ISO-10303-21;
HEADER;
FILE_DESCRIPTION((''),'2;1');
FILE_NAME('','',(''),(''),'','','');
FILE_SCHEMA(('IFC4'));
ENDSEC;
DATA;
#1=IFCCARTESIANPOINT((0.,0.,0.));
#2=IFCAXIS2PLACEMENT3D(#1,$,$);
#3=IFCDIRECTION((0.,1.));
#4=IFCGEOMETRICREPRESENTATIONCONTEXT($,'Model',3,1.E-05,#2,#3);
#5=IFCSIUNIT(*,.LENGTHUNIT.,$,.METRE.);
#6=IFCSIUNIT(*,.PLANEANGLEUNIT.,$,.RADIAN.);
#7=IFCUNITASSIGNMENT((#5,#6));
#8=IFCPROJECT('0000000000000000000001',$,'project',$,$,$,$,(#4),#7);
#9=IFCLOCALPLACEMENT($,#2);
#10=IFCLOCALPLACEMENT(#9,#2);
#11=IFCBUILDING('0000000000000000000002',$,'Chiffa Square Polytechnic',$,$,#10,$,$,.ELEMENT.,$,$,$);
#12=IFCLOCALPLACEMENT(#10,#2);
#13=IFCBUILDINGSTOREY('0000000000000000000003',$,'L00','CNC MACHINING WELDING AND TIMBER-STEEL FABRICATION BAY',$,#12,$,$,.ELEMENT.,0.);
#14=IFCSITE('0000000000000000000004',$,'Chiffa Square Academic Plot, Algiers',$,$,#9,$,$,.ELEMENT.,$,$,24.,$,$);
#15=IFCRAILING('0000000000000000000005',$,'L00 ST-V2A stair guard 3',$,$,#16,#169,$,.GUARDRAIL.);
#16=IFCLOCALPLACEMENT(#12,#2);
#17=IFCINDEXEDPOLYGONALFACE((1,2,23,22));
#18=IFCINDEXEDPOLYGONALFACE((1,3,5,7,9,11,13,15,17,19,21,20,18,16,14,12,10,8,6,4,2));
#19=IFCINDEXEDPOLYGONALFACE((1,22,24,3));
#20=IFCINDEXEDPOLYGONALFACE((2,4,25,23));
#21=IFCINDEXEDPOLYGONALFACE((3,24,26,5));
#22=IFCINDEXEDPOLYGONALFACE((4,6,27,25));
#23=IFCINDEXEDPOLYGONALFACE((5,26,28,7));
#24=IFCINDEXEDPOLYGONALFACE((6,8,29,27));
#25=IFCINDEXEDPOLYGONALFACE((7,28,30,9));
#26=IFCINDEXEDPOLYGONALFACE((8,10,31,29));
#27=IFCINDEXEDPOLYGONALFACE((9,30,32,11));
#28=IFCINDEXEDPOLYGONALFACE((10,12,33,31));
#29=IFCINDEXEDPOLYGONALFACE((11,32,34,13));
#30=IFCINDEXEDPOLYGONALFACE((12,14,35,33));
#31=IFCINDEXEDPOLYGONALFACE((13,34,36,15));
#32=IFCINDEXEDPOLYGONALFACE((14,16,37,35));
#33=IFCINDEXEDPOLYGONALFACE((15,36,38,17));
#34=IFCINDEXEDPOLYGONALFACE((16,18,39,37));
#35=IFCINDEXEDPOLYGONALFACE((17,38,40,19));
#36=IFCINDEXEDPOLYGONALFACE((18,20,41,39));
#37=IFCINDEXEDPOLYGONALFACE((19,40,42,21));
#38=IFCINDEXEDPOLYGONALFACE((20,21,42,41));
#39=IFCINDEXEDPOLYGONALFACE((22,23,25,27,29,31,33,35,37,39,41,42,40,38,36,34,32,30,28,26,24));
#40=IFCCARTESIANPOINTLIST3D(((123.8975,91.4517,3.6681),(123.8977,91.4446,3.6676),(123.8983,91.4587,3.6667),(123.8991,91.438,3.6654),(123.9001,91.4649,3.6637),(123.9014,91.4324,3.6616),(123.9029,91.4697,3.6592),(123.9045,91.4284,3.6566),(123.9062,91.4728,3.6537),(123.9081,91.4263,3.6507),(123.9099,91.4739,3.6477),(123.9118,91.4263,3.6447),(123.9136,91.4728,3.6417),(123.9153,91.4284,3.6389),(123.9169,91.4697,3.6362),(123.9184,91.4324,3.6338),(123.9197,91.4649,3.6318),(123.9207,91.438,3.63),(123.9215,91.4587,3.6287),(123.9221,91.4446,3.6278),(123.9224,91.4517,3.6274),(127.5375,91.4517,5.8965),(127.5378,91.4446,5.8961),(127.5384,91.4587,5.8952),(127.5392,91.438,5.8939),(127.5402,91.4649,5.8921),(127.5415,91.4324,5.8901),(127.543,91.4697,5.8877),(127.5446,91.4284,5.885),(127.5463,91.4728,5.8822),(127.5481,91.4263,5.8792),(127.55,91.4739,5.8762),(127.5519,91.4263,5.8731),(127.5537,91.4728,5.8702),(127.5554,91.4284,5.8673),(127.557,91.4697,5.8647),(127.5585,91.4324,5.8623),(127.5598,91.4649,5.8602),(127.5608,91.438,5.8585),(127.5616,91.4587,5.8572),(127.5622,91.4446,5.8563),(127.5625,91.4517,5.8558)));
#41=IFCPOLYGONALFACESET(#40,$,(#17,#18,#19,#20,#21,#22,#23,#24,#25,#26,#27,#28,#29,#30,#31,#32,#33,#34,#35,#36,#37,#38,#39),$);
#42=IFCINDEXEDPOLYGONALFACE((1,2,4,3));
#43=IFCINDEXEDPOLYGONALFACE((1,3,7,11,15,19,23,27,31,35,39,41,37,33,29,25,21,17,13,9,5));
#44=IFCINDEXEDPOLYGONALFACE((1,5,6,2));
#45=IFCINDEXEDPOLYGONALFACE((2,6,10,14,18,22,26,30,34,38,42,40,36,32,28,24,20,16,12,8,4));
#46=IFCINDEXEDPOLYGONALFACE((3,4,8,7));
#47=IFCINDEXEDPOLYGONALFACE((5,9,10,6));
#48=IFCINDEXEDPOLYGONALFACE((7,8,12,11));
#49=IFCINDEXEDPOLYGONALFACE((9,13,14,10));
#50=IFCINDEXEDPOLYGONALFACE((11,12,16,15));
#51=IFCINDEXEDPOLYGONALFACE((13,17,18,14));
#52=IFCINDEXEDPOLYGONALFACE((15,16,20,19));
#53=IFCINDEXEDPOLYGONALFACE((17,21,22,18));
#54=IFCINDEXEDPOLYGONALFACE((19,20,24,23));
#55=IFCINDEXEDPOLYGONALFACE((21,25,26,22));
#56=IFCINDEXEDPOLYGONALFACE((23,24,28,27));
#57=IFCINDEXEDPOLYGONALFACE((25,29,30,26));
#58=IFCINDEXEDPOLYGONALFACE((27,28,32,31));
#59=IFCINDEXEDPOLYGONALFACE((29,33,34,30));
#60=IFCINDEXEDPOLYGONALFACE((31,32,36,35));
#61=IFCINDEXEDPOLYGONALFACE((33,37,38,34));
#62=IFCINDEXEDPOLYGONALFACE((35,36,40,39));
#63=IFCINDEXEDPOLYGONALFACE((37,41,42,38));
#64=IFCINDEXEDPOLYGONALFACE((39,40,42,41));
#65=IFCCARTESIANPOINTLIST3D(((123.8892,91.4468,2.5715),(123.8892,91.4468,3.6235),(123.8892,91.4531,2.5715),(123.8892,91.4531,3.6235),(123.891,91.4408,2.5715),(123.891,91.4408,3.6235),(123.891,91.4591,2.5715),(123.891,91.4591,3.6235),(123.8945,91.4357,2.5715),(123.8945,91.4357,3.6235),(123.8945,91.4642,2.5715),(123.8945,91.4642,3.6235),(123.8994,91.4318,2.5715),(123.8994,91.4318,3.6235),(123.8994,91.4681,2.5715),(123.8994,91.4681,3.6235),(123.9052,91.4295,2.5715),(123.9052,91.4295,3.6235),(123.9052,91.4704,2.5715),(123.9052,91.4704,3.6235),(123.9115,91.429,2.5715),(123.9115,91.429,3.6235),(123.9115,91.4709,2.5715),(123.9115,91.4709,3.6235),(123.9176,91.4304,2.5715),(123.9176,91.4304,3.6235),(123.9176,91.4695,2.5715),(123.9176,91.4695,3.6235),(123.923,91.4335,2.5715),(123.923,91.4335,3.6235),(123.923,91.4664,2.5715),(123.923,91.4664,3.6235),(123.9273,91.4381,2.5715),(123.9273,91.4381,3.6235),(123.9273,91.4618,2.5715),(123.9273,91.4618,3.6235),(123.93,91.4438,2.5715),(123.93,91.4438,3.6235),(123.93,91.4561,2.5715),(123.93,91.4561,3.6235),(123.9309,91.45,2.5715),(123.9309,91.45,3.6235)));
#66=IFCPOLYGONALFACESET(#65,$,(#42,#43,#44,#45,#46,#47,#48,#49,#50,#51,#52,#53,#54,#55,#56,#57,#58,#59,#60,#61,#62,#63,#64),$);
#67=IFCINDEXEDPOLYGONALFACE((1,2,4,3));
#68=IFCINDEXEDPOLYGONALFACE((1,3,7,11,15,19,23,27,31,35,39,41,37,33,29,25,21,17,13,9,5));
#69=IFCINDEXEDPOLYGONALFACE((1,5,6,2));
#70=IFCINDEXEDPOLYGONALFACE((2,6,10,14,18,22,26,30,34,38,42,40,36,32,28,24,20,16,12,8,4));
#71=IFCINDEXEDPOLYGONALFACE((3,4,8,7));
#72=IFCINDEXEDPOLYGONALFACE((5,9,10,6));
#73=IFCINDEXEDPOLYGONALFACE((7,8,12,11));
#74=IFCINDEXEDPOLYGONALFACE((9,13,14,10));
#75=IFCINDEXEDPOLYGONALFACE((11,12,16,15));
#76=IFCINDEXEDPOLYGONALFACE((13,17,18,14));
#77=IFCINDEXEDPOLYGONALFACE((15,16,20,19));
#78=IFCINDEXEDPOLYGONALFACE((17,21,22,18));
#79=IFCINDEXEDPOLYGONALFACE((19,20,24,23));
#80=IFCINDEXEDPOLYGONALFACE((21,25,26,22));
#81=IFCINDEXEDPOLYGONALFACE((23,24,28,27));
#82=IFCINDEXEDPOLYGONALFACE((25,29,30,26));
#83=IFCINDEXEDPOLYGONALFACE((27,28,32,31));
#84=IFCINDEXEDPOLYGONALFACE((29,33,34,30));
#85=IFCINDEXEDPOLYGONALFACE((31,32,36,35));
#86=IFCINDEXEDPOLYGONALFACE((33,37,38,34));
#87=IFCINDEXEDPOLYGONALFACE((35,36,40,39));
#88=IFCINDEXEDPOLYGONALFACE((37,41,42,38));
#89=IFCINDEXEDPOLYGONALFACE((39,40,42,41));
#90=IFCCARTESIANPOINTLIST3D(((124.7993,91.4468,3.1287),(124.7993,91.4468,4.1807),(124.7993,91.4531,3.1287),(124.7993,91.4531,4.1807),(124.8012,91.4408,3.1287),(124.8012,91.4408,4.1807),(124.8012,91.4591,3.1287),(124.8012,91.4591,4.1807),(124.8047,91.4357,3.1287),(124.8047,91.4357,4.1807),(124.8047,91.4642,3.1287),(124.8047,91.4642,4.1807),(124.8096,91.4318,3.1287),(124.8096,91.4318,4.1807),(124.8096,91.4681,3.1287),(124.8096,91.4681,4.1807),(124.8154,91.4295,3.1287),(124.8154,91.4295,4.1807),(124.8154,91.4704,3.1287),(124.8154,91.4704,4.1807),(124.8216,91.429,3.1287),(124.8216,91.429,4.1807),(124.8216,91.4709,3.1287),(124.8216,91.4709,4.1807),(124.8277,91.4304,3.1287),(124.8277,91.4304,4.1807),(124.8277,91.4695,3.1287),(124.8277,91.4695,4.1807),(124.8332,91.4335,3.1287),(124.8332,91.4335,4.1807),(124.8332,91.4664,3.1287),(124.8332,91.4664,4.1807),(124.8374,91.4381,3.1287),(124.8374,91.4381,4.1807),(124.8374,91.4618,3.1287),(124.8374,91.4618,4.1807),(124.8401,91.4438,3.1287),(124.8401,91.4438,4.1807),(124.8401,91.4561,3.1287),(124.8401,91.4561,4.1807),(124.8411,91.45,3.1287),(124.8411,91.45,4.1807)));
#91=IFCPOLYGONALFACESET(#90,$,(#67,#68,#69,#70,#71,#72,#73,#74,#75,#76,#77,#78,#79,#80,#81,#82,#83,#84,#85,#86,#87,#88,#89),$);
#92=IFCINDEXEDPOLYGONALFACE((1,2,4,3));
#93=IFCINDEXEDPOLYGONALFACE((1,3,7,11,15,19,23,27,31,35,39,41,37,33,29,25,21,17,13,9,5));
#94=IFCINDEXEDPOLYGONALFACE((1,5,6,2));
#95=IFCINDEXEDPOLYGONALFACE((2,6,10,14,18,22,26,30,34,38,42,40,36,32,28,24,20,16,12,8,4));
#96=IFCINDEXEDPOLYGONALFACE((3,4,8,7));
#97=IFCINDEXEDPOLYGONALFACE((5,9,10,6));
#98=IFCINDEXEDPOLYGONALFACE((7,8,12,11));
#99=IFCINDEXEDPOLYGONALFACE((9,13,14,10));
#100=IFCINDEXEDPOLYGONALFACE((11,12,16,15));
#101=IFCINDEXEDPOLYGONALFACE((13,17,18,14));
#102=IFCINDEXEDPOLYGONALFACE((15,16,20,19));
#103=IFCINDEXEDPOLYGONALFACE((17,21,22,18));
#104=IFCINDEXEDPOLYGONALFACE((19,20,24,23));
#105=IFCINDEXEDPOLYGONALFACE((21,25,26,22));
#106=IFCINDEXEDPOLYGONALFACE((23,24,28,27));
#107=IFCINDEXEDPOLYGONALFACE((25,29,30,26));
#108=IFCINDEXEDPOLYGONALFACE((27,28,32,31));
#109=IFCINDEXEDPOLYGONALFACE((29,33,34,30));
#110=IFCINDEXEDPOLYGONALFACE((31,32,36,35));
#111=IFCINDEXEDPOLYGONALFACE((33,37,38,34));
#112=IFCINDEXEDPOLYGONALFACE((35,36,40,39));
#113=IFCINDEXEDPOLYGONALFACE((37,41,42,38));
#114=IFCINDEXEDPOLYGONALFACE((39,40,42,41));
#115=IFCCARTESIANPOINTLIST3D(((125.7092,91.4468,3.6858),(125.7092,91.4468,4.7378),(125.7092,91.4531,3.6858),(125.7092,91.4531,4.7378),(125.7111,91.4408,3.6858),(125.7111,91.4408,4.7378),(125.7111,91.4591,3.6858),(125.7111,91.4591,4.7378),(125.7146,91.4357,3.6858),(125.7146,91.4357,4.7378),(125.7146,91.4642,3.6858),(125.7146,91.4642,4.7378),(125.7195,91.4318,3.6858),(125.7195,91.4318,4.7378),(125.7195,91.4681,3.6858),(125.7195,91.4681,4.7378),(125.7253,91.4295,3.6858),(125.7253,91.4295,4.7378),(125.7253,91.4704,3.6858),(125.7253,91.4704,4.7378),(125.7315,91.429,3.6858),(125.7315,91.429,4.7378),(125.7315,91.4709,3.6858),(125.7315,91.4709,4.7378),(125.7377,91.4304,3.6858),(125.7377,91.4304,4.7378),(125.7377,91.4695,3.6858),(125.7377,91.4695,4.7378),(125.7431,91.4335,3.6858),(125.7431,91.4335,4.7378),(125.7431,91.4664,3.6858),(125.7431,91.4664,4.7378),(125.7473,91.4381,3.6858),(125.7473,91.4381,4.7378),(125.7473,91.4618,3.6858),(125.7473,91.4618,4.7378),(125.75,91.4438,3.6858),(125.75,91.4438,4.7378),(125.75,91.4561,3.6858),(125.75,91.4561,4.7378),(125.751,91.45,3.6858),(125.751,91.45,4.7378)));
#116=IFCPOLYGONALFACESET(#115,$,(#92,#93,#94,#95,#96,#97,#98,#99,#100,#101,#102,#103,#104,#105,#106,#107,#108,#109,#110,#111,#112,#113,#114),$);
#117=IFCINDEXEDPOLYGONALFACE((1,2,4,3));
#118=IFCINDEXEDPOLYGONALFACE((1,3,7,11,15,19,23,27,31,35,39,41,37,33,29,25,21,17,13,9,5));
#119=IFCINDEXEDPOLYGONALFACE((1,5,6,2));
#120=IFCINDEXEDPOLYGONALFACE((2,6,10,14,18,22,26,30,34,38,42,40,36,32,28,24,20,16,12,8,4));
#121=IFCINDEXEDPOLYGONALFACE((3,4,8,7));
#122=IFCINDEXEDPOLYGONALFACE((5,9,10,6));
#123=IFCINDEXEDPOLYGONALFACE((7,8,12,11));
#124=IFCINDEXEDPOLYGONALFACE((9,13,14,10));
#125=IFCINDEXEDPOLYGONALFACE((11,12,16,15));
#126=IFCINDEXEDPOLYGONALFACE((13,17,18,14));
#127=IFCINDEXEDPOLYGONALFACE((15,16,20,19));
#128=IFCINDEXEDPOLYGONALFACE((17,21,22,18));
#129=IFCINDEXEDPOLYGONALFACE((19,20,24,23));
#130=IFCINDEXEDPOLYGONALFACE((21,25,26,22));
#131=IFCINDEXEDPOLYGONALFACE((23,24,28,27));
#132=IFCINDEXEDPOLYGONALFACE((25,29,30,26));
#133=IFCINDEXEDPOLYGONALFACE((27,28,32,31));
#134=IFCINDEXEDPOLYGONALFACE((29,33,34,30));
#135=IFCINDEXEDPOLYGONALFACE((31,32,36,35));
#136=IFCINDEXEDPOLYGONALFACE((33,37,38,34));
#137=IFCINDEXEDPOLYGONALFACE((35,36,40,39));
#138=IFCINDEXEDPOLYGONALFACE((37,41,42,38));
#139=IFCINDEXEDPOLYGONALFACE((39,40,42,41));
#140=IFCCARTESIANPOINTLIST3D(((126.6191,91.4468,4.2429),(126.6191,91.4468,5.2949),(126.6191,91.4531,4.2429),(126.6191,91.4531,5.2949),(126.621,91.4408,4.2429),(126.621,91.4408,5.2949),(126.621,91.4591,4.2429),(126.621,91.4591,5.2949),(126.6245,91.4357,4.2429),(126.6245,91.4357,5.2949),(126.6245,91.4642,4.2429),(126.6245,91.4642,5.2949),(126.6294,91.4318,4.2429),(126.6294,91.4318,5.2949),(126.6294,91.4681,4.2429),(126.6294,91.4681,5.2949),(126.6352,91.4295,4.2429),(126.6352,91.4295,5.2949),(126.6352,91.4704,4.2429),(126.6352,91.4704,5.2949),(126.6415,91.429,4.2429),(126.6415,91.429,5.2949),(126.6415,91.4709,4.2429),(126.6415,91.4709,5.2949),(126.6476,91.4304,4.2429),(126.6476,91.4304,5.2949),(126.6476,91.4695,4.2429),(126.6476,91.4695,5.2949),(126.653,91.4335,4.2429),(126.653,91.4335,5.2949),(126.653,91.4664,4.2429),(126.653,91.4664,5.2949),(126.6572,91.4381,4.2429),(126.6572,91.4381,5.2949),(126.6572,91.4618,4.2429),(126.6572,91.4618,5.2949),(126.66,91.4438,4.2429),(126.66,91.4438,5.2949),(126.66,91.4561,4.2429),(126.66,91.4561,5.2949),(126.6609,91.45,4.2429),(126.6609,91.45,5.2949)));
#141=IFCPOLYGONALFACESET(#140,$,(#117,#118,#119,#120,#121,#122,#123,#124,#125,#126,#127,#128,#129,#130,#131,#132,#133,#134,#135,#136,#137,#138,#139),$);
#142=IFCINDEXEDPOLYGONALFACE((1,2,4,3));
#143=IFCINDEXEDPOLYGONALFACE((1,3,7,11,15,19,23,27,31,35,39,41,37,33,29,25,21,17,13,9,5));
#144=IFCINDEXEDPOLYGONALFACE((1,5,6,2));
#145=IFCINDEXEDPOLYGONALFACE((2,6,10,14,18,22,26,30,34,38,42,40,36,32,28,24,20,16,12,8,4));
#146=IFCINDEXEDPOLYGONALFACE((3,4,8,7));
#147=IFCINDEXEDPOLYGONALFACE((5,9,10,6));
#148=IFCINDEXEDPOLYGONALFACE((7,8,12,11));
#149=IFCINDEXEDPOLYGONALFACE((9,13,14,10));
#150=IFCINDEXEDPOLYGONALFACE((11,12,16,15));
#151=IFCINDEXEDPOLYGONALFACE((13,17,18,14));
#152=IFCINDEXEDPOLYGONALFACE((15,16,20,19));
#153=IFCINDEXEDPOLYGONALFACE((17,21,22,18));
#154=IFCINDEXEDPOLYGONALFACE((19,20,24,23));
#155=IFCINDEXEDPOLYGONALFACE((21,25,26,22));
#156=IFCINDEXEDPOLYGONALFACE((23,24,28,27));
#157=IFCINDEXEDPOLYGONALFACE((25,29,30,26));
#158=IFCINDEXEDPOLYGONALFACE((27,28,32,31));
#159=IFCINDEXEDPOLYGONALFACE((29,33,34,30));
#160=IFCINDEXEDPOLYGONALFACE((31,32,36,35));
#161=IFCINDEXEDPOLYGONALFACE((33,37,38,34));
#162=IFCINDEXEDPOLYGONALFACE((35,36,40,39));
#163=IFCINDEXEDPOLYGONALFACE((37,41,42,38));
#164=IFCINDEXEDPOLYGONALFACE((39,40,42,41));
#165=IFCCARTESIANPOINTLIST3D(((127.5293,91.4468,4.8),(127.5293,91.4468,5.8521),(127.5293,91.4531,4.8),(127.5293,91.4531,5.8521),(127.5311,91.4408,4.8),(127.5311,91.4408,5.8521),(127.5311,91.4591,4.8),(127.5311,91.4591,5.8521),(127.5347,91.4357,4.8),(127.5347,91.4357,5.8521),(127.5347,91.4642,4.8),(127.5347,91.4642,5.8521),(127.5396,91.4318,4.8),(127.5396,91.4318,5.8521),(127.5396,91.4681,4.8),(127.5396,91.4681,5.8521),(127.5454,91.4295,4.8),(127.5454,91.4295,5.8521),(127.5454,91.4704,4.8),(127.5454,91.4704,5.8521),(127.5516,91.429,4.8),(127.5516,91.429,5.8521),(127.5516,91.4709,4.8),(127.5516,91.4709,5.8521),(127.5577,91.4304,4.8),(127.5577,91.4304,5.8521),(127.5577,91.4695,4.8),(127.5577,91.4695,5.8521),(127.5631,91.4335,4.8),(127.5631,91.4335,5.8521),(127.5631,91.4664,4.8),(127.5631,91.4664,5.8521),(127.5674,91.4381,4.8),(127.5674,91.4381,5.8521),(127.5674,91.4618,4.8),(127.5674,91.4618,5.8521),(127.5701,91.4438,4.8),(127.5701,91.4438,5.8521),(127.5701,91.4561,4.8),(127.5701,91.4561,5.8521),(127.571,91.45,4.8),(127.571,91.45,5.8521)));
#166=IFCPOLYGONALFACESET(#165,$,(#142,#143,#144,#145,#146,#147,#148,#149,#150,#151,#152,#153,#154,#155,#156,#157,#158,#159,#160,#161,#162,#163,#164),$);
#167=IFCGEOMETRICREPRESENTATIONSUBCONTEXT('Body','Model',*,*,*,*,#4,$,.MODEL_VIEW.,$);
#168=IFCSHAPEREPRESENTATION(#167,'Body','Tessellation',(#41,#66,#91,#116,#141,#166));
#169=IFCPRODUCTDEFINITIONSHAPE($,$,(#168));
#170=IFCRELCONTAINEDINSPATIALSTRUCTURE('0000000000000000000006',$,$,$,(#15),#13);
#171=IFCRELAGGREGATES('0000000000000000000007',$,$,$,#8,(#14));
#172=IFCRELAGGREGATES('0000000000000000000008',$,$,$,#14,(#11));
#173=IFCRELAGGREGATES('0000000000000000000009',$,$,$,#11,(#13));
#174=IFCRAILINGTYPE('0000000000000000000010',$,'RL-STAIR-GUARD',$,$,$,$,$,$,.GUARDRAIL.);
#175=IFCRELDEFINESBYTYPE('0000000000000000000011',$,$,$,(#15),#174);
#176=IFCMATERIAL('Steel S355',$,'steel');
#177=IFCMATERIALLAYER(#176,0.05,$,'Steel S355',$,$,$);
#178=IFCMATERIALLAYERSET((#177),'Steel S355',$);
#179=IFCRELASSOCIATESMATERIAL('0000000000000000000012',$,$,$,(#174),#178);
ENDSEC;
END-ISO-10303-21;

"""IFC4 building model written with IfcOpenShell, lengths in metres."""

from ifc_helpers import new_model, si_unit, direction, frame, origin, origin_2d, place, context, subcontext, project, spatial, circle, extrude, material, layer, layer_set, type_object, element, save


model = new_model("IFC4")

# Units and contexts
model_context = context("Model", 3, precision=1e-05, world=origin(), true_north=direction((0.0, 1.0)))
body_context = subcontext(model_context, "Body", "Model", "MODEL_VIEW")
ifc_project = project(units=[si_unit("LENGTHUNIT", "METRE"), si_unit("PLANEANGLEUNIT", "RADIAN")], contexts=[model_context])

# Site, building, storey
site_placement = place(None, origin())
site = spatial("IfcSite", under=ifc_project, at=site_placement, Name="Chiffa Square Academic Plot, Algiers", CompositionType="ELEMENT", RefElevation=24.0)
building_placement = place(site_placement, origin())
building = spatial("IfcBuilding", under=site, at=building_placement, Name="Chiffa Square Polytechnic", CompositionType="ELEMENT")
storey_placement = place(building_placement, origin())
storey = spatial("IfcBuildingStorey", under=building, at=storey_placement, Name="L00", Description="CNC MACHINING WELDING AND TIMBER-STEEL FABRICATION BAY", CompositionType="ELEMENT", Elevation=0.0)

# Railing
ifc_material_1 = material(Name="Steel S355", Category="steel")
ifc_layer_1 = layer(ifc_material_1, 0.05, Name="Steel S355")
ifc_layer_set_1 = layer_set([ifc_layer_1], Name="Steel S355")
railing_type_1 = type_object("IfcRailingType", Name="RL-STAIR-GUARD", PredefinedType="GUARDRAIL", material=ifc_layer_set_1)
railing_1_placement = place(storey_placement, frame((123.9099, 91.45, 2.5715)))
element("IfcRailing", 1, at=railing_1_placement, inside=storey, type_object=railing_type_1, Name="L00 ST-V2A stair guard 3", PredefinedType="GUARDRAIL", context=body_context, shape_type="SweptSolid", body=[
    extrude(circle(Radius=0.0239, at=origin_2d()), frame((0.0, 0.0, 1.0762), z_axis=(0.852866, 0.0, 0.52213), x_axis=(0.0, 1.0, 0.0)), (0.0, 0.0, 1.0), 4.2681),
    extrude(circle(Radius=0.021, at=origin_2d()), origin(), (0.0, 0.0, 1.0), 1.052),
    extrude(circle(Radius=0.021, at=origin_2d()), frame((0.9102, 0.0, 0.5571)), (0.0, 0.0, 1.0), 1.052),
    extrude(circle(Radius=0.021, at=origin_2d()), frame((1.8201, 0.0, 1.1143)), (0.0, 0.0, 1.0), 1.052),
    extrude(circle(Radius=0.021, at=origin_2d()), frame((2.73, 0.0, 1.6714)), (0.0, 0.0, 1.0), 1.052),
    extrude(circle(Radius=0.021, at=origin_2d()), frame((3.6401, 0.0, 2.2285)), (0.0, 0.0, 1.0), 1.052),
])

save(model, "model.ifc")
